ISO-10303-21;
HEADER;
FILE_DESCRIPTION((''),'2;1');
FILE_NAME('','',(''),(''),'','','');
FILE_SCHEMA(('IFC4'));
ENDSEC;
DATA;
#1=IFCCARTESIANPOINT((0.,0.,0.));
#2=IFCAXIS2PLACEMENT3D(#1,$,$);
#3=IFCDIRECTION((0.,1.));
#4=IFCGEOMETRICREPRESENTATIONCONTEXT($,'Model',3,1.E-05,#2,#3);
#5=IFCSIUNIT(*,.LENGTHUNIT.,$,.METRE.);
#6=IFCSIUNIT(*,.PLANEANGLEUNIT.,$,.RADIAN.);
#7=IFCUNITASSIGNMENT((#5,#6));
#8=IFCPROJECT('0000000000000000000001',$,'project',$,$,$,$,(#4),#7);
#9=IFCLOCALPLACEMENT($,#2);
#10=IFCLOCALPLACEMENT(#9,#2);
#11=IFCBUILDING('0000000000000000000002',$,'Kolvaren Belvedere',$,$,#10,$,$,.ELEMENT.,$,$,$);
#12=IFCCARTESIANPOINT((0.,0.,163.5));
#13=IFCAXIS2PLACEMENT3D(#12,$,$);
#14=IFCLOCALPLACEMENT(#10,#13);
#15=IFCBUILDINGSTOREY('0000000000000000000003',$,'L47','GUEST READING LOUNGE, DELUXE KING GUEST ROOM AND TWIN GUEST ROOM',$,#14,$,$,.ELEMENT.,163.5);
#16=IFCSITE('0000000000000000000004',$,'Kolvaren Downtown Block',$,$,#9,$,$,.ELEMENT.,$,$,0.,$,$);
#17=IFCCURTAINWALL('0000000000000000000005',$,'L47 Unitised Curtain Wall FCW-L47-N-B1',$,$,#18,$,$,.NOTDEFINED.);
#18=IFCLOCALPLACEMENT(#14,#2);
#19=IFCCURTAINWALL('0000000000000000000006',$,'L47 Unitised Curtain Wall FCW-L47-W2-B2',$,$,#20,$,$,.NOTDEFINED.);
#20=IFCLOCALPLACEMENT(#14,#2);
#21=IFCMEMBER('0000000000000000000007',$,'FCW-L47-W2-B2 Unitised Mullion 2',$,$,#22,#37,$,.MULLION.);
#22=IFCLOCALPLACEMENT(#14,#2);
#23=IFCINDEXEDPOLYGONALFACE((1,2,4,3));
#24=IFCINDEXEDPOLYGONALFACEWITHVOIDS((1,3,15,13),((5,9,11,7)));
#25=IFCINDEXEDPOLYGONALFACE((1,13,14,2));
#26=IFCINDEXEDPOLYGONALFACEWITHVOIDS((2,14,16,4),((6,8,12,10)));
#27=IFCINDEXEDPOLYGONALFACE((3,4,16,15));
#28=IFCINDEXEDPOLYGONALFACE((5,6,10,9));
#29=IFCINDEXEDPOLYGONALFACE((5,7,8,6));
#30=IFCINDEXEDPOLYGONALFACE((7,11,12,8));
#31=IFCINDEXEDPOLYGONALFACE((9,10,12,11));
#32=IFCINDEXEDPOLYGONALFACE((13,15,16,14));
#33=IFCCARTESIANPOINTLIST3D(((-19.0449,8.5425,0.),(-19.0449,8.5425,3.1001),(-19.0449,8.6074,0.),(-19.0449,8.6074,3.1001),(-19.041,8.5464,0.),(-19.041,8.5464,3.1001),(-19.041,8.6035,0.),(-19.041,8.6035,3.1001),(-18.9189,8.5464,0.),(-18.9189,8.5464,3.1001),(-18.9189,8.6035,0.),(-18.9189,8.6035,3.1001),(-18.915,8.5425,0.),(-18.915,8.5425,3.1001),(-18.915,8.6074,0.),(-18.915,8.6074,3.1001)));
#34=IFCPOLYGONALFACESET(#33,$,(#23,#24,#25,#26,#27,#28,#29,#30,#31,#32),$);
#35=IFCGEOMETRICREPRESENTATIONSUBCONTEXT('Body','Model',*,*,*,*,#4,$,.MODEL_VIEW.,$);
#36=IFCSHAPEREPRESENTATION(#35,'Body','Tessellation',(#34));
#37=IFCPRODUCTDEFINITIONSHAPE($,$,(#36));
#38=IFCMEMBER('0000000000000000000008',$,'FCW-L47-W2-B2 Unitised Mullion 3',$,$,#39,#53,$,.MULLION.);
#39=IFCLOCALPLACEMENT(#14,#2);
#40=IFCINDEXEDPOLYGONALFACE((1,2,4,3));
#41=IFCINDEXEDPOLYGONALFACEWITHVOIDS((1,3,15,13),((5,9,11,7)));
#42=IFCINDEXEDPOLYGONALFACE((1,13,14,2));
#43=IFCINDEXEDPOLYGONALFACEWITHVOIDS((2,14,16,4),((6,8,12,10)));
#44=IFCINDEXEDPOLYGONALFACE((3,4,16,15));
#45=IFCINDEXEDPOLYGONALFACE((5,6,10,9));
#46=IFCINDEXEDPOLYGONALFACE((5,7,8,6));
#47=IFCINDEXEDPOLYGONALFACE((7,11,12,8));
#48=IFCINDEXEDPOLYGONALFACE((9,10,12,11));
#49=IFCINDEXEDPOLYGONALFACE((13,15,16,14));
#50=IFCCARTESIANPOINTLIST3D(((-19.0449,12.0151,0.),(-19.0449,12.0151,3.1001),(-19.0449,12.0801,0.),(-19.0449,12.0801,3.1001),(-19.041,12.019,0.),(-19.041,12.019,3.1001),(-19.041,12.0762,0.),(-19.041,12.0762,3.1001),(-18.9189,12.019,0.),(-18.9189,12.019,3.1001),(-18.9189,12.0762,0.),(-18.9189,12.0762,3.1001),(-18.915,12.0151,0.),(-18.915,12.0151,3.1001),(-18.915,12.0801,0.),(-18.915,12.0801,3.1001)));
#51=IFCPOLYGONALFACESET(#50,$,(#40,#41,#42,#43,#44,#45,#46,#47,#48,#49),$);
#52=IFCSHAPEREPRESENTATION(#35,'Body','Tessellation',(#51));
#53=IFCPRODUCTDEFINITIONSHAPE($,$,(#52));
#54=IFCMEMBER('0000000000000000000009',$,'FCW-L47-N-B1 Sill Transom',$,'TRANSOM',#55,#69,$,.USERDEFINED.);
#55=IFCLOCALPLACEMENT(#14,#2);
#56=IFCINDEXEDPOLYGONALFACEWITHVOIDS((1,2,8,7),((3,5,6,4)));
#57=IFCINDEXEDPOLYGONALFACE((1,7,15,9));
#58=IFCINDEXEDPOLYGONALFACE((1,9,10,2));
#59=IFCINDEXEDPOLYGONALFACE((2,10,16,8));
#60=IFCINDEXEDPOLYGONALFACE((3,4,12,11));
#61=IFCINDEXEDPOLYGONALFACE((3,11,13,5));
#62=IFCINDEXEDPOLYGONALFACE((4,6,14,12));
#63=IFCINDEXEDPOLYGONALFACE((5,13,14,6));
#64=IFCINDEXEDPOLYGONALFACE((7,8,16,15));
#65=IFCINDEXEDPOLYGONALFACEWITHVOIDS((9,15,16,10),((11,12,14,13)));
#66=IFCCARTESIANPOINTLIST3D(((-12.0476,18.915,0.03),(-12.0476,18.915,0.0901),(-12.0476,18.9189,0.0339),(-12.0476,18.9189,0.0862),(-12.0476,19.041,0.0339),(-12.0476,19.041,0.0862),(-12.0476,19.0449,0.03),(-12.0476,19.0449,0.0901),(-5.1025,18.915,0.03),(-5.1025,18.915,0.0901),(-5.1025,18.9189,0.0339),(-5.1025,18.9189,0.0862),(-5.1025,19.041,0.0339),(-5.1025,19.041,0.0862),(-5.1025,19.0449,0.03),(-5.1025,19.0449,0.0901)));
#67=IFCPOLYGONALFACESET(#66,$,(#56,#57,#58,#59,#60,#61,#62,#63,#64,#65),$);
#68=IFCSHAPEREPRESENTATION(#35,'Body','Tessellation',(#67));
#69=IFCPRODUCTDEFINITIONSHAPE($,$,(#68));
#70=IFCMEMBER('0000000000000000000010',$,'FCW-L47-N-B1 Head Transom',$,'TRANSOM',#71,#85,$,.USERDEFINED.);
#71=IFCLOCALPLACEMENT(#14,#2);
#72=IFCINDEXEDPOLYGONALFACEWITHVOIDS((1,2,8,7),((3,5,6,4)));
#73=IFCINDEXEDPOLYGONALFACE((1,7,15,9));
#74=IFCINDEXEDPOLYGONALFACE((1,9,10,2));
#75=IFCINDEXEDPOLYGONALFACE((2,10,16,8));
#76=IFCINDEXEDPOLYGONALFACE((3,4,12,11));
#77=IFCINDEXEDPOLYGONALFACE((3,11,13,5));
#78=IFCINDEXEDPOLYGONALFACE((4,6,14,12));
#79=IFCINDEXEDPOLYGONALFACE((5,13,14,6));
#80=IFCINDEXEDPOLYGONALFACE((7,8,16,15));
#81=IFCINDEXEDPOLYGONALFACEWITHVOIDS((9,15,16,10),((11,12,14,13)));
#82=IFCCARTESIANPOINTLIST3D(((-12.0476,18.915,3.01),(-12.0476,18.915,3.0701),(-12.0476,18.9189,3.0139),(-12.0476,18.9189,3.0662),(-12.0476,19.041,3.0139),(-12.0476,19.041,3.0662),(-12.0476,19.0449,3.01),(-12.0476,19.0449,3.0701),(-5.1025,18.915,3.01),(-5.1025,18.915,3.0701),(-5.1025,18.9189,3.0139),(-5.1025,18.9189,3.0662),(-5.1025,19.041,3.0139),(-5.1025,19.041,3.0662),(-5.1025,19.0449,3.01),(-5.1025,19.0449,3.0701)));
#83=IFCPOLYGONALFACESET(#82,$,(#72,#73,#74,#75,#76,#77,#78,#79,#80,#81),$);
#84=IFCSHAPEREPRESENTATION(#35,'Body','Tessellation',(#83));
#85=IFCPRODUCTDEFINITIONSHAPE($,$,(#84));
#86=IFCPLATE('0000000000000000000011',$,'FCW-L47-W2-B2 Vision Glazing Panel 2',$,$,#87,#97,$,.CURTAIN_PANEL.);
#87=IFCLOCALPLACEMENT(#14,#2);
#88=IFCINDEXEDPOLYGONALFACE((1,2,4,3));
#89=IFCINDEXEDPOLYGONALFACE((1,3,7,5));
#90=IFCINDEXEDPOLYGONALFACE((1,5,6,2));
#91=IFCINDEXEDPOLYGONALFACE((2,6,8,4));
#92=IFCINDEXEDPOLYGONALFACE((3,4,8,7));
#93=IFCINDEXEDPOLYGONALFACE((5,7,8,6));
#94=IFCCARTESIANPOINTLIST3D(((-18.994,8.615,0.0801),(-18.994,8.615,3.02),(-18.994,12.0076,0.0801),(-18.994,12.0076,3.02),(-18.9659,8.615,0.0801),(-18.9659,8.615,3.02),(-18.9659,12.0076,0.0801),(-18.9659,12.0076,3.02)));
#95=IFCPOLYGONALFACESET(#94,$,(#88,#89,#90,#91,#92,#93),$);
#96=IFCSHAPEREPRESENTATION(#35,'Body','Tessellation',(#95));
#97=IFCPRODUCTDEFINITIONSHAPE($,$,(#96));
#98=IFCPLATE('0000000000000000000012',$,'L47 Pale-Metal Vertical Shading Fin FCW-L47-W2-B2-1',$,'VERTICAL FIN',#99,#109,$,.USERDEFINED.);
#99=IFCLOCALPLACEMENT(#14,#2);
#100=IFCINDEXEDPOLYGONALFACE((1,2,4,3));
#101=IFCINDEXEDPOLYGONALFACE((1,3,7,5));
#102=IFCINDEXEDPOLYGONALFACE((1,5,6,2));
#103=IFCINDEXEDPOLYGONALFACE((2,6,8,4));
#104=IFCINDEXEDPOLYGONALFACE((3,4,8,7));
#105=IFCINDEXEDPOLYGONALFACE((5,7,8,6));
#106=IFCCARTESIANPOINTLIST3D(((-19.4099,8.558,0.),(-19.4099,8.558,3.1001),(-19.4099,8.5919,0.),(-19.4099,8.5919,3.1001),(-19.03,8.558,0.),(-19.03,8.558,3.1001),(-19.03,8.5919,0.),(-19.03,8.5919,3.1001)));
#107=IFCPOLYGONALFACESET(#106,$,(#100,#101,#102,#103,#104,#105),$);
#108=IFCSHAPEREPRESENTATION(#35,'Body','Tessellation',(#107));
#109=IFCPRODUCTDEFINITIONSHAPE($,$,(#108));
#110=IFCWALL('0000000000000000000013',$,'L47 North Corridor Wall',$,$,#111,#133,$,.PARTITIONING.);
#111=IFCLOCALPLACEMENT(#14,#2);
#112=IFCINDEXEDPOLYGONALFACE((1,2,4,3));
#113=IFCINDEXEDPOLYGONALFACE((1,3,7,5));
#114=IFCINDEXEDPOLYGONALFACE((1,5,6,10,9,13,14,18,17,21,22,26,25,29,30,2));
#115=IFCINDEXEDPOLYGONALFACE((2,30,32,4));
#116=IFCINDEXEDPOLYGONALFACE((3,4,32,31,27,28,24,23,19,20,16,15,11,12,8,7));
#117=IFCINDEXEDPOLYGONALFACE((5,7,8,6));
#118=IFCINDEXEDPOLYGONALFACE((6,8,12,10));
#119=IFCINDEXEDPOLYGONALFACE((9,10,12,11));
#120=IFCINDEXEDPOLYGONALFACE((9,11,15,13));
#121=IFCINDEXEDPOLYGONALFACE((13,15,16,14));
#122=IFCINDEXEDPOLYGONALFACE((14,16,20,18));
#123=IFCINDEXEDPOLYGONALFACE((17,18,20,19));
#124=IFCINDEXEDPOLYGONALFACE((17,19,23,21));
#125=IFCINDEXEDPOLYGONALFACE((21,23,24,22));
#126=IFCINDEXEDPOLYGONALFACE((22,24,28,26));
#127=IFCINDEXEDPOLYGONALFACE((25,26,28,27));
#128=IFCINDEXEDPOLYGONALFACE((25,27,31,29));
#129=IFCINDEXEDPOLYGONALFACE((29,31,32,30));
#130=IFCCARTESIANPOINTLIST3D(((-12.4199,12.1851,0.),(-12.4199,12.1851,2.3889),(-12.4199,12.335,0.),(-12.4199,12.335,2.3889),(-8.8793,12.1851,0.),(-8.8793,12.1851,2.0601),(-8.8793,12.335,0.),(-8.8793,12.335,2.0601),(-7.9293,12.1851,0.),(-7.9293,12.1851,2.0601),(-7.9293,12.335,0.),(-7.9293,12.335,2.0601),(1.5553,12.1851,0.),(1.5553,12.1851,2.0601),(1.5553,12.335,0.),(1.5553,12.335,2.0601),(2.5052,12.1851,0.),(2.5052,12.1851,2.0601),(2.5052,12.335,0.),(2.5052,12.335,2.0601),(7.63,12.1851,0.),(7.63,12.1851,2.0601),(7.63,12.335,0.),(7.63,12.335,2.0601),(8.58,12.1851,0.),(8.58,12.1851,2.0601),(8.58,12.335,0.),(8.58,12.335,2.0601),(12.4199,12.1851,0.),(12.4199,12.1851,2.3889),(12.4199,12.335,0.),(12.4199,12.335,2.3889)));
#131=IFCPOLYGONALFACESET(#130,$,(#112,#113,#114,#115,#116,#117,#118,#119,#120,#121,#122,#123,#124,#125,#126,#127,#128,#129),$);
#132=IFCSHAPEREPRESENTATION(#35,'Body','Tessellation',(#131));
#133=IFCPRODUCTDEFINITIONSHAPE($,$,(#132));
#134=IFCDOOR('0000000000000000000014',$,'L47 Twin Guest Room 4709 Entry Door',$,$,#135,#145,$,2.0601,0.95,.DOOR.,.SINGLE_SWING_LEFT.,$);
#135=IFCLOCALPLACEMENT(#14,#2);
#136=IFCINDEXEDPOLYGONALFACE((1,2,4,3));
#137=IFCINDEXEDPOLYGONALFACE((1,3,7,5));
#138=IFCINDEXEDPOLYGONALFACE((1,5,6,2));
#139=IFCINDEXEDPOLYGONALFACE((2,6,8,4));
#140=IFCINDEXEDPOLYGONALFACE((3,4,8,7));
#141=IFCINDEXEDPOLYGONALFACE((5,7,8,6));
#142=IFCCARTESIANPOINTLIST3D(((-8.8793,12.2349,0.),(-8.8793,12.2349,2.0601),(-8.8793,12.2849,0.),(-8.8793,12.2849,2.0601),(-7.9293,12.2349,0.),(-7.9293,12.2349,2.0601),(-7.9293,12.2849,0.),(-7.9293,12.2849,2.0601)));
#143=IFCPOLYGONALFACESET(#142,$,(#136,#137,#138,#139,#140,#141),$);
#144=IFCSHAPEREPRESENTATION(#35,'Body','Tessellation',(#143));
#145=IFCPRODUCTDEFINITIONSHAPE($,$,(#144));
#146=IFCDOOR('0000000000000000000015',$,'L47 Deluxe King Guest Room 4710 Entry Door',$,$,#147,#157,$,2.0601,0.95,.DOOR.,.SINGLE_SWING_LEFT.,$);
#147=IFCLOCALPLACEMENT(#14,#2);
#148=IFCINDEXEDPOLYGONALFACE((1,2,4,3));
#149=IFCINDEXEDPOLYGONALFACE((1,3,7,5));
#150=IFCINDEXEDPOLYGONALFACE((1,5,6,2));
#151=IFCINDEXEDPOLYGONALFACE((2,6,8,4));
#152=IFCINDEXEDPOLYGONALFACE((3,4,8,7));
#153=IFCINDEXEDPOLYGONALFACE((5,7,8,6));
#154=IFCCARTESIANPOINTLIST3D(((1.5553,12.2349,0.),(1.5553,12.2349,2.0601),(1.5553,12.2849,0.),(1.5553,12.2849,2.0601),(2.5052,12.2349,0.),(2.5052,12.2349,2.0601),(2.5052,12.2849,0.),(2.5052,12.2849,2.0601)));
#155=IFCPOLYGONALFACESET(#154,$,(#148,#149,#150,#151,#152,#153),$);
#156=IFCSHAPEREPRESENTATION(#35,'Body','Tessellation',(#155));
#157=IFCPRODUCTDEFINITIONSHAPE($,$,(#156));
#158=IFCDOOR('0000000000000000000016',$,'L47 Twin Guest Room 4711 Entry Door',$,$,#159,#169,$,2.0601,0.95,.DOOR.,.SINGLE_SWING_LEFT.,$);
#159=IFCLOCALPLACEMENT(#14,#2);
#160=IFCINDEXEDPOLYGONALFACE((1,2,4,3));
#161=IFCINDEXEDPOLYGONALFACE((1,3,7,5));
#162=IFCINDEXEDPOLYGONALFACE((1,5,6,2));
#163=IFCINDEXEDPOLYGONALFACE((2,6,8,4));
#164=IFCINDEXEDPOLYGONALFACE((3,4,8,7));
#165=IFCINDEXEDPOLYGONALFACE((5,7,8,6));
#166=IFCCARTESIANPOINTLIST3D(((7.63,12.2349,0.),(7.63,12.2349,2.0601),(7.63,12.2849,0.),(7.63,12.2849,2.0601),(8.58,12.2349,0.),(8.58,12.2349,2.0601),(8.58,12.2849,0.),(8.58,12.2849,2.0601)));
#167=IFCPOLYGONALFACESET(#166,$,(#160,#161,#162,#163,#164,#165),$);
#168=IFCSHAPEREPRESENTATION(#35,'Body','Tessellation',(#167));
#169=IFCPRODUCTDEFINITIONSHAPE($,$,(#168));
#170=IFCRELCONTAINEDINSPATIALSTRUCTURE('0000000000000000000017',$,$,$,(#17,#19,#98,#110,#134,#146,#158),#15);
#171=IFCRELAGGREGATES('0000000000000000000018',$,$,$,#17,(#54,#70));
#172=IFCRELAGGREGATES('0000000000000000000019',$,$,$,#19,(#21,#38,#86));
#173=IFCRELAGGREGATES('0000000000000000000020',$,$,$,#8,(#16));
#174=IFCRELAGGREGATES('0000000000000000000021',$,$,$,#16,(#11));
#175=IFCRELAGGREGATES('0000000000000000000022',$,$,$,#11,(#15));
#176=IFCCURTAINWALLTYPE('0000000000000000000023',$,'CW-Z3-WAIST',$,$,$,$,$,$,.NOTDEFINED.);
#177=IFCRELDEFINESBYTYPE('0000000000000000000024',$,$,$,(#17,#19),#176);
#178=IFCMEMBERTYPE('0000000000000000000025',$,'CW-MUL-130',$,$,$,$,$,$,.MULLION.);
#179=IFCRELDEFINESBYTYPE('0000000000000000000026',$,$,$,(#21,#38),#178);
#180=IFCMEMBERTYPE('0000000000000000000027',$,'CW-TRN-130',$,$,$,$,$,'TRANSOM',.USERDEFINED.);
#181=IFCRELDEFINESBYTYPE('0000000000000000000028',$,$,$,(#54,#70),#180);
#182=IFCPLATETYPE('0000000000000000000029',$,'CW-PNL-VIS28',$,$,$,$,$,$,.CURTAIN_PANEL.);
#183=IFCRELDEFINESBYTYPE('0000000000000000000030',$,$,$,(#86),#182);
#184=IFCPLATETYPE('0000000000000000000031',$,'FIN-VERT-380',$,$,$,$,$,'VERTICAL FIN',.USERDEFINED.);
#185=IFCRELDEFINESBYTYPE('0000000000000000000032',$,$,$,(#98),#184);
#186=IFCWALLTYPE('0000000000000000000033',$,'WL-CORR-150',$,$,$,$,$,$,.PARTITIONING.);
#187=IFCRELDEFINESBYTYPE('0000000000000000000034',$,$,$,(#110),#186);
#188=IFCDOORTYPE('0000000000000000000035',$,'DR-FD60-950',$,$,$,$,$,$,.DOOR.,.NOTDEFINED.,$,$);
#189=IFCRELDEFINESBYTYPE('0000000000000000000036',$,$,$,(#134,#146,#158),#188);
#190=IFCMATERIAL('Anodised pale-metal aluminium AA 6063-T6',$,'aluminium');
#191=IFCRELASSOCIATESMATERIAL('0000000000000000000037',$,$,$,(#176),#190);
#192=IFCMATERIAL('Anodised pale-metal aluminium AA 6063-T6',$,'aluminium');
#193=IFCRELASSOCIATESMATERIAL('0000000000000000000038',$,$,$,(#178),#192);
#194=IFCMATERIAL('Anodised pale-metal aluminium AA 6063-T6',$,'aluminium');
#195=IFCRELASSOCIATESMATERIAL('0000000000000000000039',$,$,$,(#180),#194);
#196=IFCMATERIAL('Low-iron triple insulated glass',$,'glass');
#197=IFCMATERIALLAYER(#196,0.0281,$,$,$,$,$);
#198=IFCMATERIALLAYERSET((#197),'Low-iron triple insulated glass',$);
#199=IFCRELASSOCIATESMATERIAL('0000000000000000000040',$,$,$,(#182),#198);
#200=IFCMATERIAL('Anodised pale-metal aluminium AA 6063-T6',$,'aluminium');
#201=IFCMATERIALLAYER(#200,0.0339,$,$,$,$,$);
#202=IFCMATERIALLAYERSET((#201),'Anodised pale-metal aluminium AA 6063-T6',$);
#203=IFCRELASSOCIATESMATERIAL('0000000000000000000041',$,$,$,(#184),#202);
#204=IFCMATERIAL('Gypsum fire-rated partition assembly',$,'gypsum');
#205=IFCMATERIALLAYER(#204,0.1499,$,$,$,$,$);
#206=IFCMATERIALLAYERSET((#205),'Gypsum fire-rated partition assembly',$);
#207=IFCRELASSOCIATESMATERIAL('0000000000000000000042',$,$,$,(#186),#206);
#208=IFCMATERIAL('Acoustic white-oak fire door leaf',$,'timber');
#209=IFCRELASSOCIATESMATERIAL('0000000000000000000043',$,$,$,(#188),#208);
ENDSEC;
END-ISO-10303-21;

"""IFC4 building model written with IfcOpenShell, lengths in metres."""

from ifc_helpers import new_model, si_unit, direction, frame, frame_2d, origin, origin_2d, place, context, subcontext, project, spatial, rectangle, hollow_rectangle, extrude, material, layer, layer_set, material_profile, profile_set, type_object, element, fill, aggregate, save


model = new_model("IFC4")

# Units and contexts
model_context = context("Model", 3, precision=1e-05, world=origin(), true_north=direction((0.0, 1.0)))
body_context = subcontext(model_context, "Body", "Model", "MODEL_VIEW")
ifc_project = project(units=[si_unit("LENGTHUNIT", "METRE"), si_unit("PLANEANGLEUNIT", "RADIAN")], contexts=[model_context])

# Site, building, storey
site_placement = place(None, origin())
site = spatial("IfcSite", under=ifc_project, at=site_placement, Name="Kolvaren Downtown Block", CompositionType="ELEMENT", RefElevation=0.0)
building_placement = place(site_placement, origin())
building = spatial("IfcBuilding", under=site, at=building_placement, Name="Kolvaren Belvedere", CompositionType="ELEMENT")
storey_placement = place(building_placement, frame((0.0, 0.0, 163.5)))
storey = spatial("IfcBuildingStorey", under=building, at=storey_placement, Name="L47", Description="GUEST READING LOUNGE, DELUXE KING GUEST ROOM AND TWIN GUEST ROOM", CompositionType="ELEMENT", Elevation=163.5)

# Curtain wall
ifc_material_1 = material(Name="Anodised pale-metal aluminium AA 6063-T6", Category="aluminium")
curtain_wall_type = type_object("IfcCurtainWallType", Name="CW-Z3-WAIST", PredefinedType="NOTDEFINED", material=ifc_material_1)
curtain_wall_1_placement = place(storey_placement, origin())
curtain_wall_1 = element("IfcCurtainWall", 1, at=curtain_wall_1_placement, inside=storey, type_object=curtain_wall_type, Name="L47 Unitised Curtain Wall FCW-L47-N-B1", PredefinedType="NOTDEFINED")
ifc_material_2 = material(Name="Anodised pale-metal aluminium AA 6063-T6", Category="aluminium")
ifc_material_profile_1 = material_profile(ifc_material_2, hollow_rectangle(XDim=0.0649, YDim=0.1299, WallThickness=0.0039, at=origin_2d()), Name="ALU-MUL-130X65")
ifc_profile_set_1 = profile_set([ifc_material_profile_1], Name="Anodised pale-metal aluminium AA 6063-T6")
member_type_1 = type_object("IfcMemberType", Name="CW-MUL-130", PredefinedType="MULLION", material=ifc_profile_set_1)

# Curtain wall, members
curtain_wall_2_placement = place(storey_placement, origin())
curtain_wall_2 = element("IfcCurtainWall", 2, at=curtain_wall_2_placement, inside=storey, type_object=curtain_wall_type, Name="L47 Unitised Curtain Wall FCW-L47-W2-B2", PredefinedType="NOTDEFINED")
member_1_placement = place(storey_placement, frame((-18.98, 8.575, 0.0), z_axis=(0.0, 0.0, 1.0), x_axis=(0.0, 1.0, 0.0)))
member_1 = element("IfcMember", 3, at=member_1_placement, type_object=member_type_1, Name="FCW-L47-W2-B2 Unitised Mullion 2", PredefinedType="MULLION", context=body_context, shape_type="SweptSolid", body=[
    extrude(hollow_rectangle(XDim=0.0649, YDim=0.1299, WallThickness=0.0039, at=origin_2d()), origin(), (0.0, 0.0, 1.0), 3.1001),
])
member_2_placement = place(storey_placement, frame((-18.98, 12.0476, 0.0), z_axis=(0.0, 0.0, 1.0), x_axis=(0.0, 1.0, 0.0)))
member_2 = element("IfcMember", 4, at=member_2_placement, type_object=member_type_1, Name="FCW-L47-W2-B2 Unitised Mullion 3", PredefinedType="MULLION", context=body_context, shape_type="SweptSolid", body=[
    extrude(hollow_rectangle(XDim=0.0649, YDim=0.1299, WallThickness=0.0039, at=origin_2d()), origin(), (0.0, 0.0, 1.0), 3.1001),
])

# Members
ifc_material_3 = material(Name="Anodised pale-metal aluminium AA 6063-T6", Category="aluminium")
ifc_material_profile_2 = material_profile(ifc_material_3, hollow_rectangle(XDim=0.0601, YDim=0.1299, WallThickness=0.0039, at=origin_2d()), Name="ALU-TRN-130X60")
ifc_profile_set_2 = profile_set([ifc_material_profile_2], Name="Anodised pale-metal aluminium AA 6063-T6")
member_type_2 = type_object("IfcMemberType", Name="CW-TRN-130", ElementType="TRANSOM", PredefinedType="USERDEFINED", material=ifc_profile_set_2)
member_3_placement = place(storey_placement, frame((-12.0476, 18.98, 0.0601), z_axis=(1.0, 0.0, 0.0), x_axis=(0.0, 0.0, 1.0)))
member_3 = element("IfcMember", 5, at=member_3_placement, type_object=member_type_2, Name="FCW-L47-N-B1 Sill Transom", ObjectType="TRANSOM", PredefinedType="USERDEFINED", context=body_context, shape_type="SweptSolid", body=[
    extrude(hollow_rectangle(XDim=0.0601, YDim=0.1299, WallThickness=0.0039, at=origin_2d()), origin(), (0.0, 0.0, 1.0), 6.9451),
])
member_4_placement = place(storey_placement, frame((-12.0476, 18.98, 3.04), z_axis=(1.0, 0.0, 0.0), x_axis=(0.0, 0.0, 1.0)))
member_4 = element("IfcMember", 6, at=member_4_placement, type_object=member_type_2, Name="FCW-L47-N-B1 Head Transom", ObjectType="TRANSOM", PredefinedType="USERDEFINED", context=body_context, shape_type="SweptSolid", body=[
    extrude(hollow_rectangle(XDim=0.0601, YDim=0.1299, WallThickness=0.0039, at=origin_2d()), origin(), (0.0, 0.0, 1.0), 6.9451),
])
aggregate(curtain_wall_1, [member_3, member_4])

# Plates
ifc_material_4 = material(Name="Low-iron triple insulated glass", Category="glass")
ifc_layer_1 = layer(ifc_material_4, 0.0281)
ifc_layer_set_1 = layer_set([ifc_layer_1], Name="Low-iron triple insulated glass")
plate_type_1 = type_object("IfcPlateType", Name="CW-PNL-VIS28", PredefinedType="CURTAIN_PANEL", material=ifc_layer_set_1)
plate_1_placement = place(storey_placement, frame((-18.98, 10.3113, 0.0801), z_axis=(0.0, 0.0, 1.0), x_axis=(0.0, 1.0, 0.0)))
plate_1 = element("IfcPlate", 7, at=plate_1_placement, type_object=plate_type_1, Name="FCW-L47-W2-B2 Vision Glazing Panel 2", PredefinedType="CURTAIN_PANEL", context=body_context, shape_type="SweptSolid", body=[
    extrude(rectangle(XDim=3.3926, YDim=0.0281, at=origin_2d()), origin(), (0.0, 0.0, 1.0), 2.9399),
])
aggregate(curtain_wall_2, [member_1, member_2, plate_1])
ifc_material_5 = material(Name="Anodised pale-metal aluminium AA 6063-T6", Category="aluminium")
ifc_layer_2 = layer(ifc_material_5, 0.0339)
ifc_layer_set_2 = layer_set([ifc_layer_2], Name="Anodised pale-metal aluminium AA 6063-T6")
plate_type_2 = type_object("IfcPlateType", Name="FIN-VERT-380", ElementType="VERTICAL FIN", PredefinedType="USERDEFINED", material=ifc_layer_set_2)
plate_2_placement = place(storey_placement, frame((-19.22, 8.575, 0.0), z_axis=(0.0, 0.0, 1.0), x_axis=(1.0, 0.0, 0.0)))
element("IfcPlate", 8, at=plate_2_placement, inside=storey, type_object=plate_type_2, Name="L47 Pale-Metal Vertical Shading Fin FCW-L47-W2-B2-1", ObjectType="VERTICAL FIN", PredefinedType="USERDEFINED", context=body_context, shape_type="SweptSolid", body=[
    extrude(rectangle(XDim=0.3799, YDim=0.0339, at=origin_2d()), origin(), (0.0, 0.0, 1.0), 3.1001),
])

# Wall, openings, doors
ifc_material_6 = material(Name="Gypsum fire-rated partition assembly", Category="gypsum")
ifc_layer_3 = layer(ifc_material_6, 0.1499)
ifc_layer_set_3 = layer_set([ifc_layer_3], Name="Gypsum fire-rated partition assembly")
wall_type_1 = type_object("IfcWallType", Name="WL-CORR-150", PredefinedType="PARTITIONING", material=ifc_layer_set_3)
wall_1_placement = place(storey_placement, frame((-12.4199, 12.26, 0.0), z_axis=(0.0, 0.0, 1.0), x_axis=(1.0, 0.0, 0.0)))
wall_1 = element("IfcWall", 9, at=wall_1_placement, inside=storey, type_object=wall_type_1, Name="L47 North Corridor Wall", PredefinedType="PARTITIONING", context=body_context, shape_type="SweptSolid", body=[
    extrude(rectangle(XDim=24.8398, YDim=0.1499, at=frame_2d((12.4199, 0.0))), origin(), (0.0, 0.0, 1.0), 2.3889),
])
opening_1_placement = place(wall_1_placement, frame((3.5405, 0.0, 0.0)))
opening_1 = element("IfcOpeningElement", 10, at=opening_1_placement, cuts=wall_1, PredefinedType="OPENING", context=body_context, shape_type="SweptSolid", body=[
    extrude(rectangle(XDim=0.95, YDim=2.0601, at=frame_2d((0.4751, 1.03))), frame((0.0, 0.085, 0.0), z_axis=(0.0, -1.0, 0.0), x_axis=(1.0, 0.0, 0.0)), (0.0, 0.0, 1.0), 0.1699),
])
opening_2_placement = place(wall_1_placement, frame((13.9751, 0.0, 0.0)))
opening_2 = element("IfcOpeningElement", 11, at=opening_2_placement, cuts=wall_1, PredefinedType="OPENING", context=body_context, shape_type="SweptSolid", body=[
    extrude(rectangle(XDim=0.95, YDim=2.0601, at=frame_2d((0.4751, 1.03))), frame((0.0, 0.085, 0.0), z_axis=(0.0, -1.0, 0.0), x_axis=(1.0, 0.0, 0.0)), (0.0, 0.0, 1.0), 0.1699),
])
opening_3_placement = place(wall_1_placement, frame((20.0498, 0.0, 0.0)))
opening_3 = element("IfcOpeningElement", 12, at=opening_3_placement, cuts=wall_1, PredefinedType="OPENING", context=body_context, shape_type="SweptSolid", body=[
    extrude(rectangle(XDim=0.95, YDim=2.0601, at=frame_2d((0.4751, 1.03))), frame((0.0, 0.085, 0.0), z_axis=(0.0, -1.0, 0.0), x_axis=(1.0, 0.0, 0.0)), (0.0, 0.0, 1.0), 0.1699),
])
ifc_material_7 = material(Name="Acoustic white-oak fire door leaf", Category="timber")
door_type = type_object("IfcDoorType", Name="DR-FD60-950", OperationType="NOTDEFINED", PredefinedType="DOOR", material=ifc_material_7)
door_1_placement = place(opening_1_placement, origin())
door_1 = element("IfcDoor", 13, at=door_1_placement, inside=storey, type_object=door_type, Name="L47 Twin Guest Room 4709 Entry Door", OperationType="SINGLE_SWING_LEFT", OverallHeight=2.0601, OverallWidth=0.95, PredefinedType="DOOR", context=body_context, shape_type="SweptSolid", body=[
    extrude(rectangle(XDim=0.95, YDim=2.0601, at=frame_2d((0.4751, 1.03))), frame((0.0, 0.0249, 0.0), z_axis=(0.0, -1.0, 0.0), x_axis=(1.0, 0.0, 0.0)), (0.0, 0.0, 1.0), 0.05),
])
fill(opening_1, door_1)
door_2_placement = place(opening_2_placement, origin())
door_2 = element("IfcDoor", 14, at=door_2_placement, inside=storey, type_object=door_type, Name="L47 Deluxe King Guest Room 4710 Entry Door", OperationType="SINGLE_SWING_LEFT", OverallHeight=2.0601, OverallWidth=0.95, PredefinedType="DOOR", context=body_context, shape_type="SweptSolid", body=[
    extrude(rectangle(XDim=0.95, YDim=2.0601, at=frame_2d((0.4751, 1.03))), frame((0.0, 0.0249, 0.0), z_axis=(0.0, -1.0, 0.0), x_axis=(1.0, 0.0, 0.0)), (0.0, 0.0, 1.0), 0.05),
])
fill(opening_2, door_2)
door_3_placement = place(opening_3_placement, origin())
door_3 = element("IfcDoor", 15, at=door_3_placement, inside=storey, type_object=door_type, Name="L47 Twin Guest Room 4711 Entry Door", OperationType="SINGLE_SWING_LEFT", OverallHeight=2.0601, OverallWidth=0.95, PredefinedType="DOOR", context=body_context, shape_type="SweptSolid", body=[
    extrude(rectangle(XDim=0.95, YDim=2.0601, at=frame_2d((0.4751, 1.03))), frame((0.0, 0.0249, 0.0), z_axis=(0.0, -1.0, 0.0), x_axis=(1.0, 0.0, 0.0)), (0.0, 0.0, 1.0), 0.05),
])
fill(opening_3, door_3)

save(model, "model.ifc")
